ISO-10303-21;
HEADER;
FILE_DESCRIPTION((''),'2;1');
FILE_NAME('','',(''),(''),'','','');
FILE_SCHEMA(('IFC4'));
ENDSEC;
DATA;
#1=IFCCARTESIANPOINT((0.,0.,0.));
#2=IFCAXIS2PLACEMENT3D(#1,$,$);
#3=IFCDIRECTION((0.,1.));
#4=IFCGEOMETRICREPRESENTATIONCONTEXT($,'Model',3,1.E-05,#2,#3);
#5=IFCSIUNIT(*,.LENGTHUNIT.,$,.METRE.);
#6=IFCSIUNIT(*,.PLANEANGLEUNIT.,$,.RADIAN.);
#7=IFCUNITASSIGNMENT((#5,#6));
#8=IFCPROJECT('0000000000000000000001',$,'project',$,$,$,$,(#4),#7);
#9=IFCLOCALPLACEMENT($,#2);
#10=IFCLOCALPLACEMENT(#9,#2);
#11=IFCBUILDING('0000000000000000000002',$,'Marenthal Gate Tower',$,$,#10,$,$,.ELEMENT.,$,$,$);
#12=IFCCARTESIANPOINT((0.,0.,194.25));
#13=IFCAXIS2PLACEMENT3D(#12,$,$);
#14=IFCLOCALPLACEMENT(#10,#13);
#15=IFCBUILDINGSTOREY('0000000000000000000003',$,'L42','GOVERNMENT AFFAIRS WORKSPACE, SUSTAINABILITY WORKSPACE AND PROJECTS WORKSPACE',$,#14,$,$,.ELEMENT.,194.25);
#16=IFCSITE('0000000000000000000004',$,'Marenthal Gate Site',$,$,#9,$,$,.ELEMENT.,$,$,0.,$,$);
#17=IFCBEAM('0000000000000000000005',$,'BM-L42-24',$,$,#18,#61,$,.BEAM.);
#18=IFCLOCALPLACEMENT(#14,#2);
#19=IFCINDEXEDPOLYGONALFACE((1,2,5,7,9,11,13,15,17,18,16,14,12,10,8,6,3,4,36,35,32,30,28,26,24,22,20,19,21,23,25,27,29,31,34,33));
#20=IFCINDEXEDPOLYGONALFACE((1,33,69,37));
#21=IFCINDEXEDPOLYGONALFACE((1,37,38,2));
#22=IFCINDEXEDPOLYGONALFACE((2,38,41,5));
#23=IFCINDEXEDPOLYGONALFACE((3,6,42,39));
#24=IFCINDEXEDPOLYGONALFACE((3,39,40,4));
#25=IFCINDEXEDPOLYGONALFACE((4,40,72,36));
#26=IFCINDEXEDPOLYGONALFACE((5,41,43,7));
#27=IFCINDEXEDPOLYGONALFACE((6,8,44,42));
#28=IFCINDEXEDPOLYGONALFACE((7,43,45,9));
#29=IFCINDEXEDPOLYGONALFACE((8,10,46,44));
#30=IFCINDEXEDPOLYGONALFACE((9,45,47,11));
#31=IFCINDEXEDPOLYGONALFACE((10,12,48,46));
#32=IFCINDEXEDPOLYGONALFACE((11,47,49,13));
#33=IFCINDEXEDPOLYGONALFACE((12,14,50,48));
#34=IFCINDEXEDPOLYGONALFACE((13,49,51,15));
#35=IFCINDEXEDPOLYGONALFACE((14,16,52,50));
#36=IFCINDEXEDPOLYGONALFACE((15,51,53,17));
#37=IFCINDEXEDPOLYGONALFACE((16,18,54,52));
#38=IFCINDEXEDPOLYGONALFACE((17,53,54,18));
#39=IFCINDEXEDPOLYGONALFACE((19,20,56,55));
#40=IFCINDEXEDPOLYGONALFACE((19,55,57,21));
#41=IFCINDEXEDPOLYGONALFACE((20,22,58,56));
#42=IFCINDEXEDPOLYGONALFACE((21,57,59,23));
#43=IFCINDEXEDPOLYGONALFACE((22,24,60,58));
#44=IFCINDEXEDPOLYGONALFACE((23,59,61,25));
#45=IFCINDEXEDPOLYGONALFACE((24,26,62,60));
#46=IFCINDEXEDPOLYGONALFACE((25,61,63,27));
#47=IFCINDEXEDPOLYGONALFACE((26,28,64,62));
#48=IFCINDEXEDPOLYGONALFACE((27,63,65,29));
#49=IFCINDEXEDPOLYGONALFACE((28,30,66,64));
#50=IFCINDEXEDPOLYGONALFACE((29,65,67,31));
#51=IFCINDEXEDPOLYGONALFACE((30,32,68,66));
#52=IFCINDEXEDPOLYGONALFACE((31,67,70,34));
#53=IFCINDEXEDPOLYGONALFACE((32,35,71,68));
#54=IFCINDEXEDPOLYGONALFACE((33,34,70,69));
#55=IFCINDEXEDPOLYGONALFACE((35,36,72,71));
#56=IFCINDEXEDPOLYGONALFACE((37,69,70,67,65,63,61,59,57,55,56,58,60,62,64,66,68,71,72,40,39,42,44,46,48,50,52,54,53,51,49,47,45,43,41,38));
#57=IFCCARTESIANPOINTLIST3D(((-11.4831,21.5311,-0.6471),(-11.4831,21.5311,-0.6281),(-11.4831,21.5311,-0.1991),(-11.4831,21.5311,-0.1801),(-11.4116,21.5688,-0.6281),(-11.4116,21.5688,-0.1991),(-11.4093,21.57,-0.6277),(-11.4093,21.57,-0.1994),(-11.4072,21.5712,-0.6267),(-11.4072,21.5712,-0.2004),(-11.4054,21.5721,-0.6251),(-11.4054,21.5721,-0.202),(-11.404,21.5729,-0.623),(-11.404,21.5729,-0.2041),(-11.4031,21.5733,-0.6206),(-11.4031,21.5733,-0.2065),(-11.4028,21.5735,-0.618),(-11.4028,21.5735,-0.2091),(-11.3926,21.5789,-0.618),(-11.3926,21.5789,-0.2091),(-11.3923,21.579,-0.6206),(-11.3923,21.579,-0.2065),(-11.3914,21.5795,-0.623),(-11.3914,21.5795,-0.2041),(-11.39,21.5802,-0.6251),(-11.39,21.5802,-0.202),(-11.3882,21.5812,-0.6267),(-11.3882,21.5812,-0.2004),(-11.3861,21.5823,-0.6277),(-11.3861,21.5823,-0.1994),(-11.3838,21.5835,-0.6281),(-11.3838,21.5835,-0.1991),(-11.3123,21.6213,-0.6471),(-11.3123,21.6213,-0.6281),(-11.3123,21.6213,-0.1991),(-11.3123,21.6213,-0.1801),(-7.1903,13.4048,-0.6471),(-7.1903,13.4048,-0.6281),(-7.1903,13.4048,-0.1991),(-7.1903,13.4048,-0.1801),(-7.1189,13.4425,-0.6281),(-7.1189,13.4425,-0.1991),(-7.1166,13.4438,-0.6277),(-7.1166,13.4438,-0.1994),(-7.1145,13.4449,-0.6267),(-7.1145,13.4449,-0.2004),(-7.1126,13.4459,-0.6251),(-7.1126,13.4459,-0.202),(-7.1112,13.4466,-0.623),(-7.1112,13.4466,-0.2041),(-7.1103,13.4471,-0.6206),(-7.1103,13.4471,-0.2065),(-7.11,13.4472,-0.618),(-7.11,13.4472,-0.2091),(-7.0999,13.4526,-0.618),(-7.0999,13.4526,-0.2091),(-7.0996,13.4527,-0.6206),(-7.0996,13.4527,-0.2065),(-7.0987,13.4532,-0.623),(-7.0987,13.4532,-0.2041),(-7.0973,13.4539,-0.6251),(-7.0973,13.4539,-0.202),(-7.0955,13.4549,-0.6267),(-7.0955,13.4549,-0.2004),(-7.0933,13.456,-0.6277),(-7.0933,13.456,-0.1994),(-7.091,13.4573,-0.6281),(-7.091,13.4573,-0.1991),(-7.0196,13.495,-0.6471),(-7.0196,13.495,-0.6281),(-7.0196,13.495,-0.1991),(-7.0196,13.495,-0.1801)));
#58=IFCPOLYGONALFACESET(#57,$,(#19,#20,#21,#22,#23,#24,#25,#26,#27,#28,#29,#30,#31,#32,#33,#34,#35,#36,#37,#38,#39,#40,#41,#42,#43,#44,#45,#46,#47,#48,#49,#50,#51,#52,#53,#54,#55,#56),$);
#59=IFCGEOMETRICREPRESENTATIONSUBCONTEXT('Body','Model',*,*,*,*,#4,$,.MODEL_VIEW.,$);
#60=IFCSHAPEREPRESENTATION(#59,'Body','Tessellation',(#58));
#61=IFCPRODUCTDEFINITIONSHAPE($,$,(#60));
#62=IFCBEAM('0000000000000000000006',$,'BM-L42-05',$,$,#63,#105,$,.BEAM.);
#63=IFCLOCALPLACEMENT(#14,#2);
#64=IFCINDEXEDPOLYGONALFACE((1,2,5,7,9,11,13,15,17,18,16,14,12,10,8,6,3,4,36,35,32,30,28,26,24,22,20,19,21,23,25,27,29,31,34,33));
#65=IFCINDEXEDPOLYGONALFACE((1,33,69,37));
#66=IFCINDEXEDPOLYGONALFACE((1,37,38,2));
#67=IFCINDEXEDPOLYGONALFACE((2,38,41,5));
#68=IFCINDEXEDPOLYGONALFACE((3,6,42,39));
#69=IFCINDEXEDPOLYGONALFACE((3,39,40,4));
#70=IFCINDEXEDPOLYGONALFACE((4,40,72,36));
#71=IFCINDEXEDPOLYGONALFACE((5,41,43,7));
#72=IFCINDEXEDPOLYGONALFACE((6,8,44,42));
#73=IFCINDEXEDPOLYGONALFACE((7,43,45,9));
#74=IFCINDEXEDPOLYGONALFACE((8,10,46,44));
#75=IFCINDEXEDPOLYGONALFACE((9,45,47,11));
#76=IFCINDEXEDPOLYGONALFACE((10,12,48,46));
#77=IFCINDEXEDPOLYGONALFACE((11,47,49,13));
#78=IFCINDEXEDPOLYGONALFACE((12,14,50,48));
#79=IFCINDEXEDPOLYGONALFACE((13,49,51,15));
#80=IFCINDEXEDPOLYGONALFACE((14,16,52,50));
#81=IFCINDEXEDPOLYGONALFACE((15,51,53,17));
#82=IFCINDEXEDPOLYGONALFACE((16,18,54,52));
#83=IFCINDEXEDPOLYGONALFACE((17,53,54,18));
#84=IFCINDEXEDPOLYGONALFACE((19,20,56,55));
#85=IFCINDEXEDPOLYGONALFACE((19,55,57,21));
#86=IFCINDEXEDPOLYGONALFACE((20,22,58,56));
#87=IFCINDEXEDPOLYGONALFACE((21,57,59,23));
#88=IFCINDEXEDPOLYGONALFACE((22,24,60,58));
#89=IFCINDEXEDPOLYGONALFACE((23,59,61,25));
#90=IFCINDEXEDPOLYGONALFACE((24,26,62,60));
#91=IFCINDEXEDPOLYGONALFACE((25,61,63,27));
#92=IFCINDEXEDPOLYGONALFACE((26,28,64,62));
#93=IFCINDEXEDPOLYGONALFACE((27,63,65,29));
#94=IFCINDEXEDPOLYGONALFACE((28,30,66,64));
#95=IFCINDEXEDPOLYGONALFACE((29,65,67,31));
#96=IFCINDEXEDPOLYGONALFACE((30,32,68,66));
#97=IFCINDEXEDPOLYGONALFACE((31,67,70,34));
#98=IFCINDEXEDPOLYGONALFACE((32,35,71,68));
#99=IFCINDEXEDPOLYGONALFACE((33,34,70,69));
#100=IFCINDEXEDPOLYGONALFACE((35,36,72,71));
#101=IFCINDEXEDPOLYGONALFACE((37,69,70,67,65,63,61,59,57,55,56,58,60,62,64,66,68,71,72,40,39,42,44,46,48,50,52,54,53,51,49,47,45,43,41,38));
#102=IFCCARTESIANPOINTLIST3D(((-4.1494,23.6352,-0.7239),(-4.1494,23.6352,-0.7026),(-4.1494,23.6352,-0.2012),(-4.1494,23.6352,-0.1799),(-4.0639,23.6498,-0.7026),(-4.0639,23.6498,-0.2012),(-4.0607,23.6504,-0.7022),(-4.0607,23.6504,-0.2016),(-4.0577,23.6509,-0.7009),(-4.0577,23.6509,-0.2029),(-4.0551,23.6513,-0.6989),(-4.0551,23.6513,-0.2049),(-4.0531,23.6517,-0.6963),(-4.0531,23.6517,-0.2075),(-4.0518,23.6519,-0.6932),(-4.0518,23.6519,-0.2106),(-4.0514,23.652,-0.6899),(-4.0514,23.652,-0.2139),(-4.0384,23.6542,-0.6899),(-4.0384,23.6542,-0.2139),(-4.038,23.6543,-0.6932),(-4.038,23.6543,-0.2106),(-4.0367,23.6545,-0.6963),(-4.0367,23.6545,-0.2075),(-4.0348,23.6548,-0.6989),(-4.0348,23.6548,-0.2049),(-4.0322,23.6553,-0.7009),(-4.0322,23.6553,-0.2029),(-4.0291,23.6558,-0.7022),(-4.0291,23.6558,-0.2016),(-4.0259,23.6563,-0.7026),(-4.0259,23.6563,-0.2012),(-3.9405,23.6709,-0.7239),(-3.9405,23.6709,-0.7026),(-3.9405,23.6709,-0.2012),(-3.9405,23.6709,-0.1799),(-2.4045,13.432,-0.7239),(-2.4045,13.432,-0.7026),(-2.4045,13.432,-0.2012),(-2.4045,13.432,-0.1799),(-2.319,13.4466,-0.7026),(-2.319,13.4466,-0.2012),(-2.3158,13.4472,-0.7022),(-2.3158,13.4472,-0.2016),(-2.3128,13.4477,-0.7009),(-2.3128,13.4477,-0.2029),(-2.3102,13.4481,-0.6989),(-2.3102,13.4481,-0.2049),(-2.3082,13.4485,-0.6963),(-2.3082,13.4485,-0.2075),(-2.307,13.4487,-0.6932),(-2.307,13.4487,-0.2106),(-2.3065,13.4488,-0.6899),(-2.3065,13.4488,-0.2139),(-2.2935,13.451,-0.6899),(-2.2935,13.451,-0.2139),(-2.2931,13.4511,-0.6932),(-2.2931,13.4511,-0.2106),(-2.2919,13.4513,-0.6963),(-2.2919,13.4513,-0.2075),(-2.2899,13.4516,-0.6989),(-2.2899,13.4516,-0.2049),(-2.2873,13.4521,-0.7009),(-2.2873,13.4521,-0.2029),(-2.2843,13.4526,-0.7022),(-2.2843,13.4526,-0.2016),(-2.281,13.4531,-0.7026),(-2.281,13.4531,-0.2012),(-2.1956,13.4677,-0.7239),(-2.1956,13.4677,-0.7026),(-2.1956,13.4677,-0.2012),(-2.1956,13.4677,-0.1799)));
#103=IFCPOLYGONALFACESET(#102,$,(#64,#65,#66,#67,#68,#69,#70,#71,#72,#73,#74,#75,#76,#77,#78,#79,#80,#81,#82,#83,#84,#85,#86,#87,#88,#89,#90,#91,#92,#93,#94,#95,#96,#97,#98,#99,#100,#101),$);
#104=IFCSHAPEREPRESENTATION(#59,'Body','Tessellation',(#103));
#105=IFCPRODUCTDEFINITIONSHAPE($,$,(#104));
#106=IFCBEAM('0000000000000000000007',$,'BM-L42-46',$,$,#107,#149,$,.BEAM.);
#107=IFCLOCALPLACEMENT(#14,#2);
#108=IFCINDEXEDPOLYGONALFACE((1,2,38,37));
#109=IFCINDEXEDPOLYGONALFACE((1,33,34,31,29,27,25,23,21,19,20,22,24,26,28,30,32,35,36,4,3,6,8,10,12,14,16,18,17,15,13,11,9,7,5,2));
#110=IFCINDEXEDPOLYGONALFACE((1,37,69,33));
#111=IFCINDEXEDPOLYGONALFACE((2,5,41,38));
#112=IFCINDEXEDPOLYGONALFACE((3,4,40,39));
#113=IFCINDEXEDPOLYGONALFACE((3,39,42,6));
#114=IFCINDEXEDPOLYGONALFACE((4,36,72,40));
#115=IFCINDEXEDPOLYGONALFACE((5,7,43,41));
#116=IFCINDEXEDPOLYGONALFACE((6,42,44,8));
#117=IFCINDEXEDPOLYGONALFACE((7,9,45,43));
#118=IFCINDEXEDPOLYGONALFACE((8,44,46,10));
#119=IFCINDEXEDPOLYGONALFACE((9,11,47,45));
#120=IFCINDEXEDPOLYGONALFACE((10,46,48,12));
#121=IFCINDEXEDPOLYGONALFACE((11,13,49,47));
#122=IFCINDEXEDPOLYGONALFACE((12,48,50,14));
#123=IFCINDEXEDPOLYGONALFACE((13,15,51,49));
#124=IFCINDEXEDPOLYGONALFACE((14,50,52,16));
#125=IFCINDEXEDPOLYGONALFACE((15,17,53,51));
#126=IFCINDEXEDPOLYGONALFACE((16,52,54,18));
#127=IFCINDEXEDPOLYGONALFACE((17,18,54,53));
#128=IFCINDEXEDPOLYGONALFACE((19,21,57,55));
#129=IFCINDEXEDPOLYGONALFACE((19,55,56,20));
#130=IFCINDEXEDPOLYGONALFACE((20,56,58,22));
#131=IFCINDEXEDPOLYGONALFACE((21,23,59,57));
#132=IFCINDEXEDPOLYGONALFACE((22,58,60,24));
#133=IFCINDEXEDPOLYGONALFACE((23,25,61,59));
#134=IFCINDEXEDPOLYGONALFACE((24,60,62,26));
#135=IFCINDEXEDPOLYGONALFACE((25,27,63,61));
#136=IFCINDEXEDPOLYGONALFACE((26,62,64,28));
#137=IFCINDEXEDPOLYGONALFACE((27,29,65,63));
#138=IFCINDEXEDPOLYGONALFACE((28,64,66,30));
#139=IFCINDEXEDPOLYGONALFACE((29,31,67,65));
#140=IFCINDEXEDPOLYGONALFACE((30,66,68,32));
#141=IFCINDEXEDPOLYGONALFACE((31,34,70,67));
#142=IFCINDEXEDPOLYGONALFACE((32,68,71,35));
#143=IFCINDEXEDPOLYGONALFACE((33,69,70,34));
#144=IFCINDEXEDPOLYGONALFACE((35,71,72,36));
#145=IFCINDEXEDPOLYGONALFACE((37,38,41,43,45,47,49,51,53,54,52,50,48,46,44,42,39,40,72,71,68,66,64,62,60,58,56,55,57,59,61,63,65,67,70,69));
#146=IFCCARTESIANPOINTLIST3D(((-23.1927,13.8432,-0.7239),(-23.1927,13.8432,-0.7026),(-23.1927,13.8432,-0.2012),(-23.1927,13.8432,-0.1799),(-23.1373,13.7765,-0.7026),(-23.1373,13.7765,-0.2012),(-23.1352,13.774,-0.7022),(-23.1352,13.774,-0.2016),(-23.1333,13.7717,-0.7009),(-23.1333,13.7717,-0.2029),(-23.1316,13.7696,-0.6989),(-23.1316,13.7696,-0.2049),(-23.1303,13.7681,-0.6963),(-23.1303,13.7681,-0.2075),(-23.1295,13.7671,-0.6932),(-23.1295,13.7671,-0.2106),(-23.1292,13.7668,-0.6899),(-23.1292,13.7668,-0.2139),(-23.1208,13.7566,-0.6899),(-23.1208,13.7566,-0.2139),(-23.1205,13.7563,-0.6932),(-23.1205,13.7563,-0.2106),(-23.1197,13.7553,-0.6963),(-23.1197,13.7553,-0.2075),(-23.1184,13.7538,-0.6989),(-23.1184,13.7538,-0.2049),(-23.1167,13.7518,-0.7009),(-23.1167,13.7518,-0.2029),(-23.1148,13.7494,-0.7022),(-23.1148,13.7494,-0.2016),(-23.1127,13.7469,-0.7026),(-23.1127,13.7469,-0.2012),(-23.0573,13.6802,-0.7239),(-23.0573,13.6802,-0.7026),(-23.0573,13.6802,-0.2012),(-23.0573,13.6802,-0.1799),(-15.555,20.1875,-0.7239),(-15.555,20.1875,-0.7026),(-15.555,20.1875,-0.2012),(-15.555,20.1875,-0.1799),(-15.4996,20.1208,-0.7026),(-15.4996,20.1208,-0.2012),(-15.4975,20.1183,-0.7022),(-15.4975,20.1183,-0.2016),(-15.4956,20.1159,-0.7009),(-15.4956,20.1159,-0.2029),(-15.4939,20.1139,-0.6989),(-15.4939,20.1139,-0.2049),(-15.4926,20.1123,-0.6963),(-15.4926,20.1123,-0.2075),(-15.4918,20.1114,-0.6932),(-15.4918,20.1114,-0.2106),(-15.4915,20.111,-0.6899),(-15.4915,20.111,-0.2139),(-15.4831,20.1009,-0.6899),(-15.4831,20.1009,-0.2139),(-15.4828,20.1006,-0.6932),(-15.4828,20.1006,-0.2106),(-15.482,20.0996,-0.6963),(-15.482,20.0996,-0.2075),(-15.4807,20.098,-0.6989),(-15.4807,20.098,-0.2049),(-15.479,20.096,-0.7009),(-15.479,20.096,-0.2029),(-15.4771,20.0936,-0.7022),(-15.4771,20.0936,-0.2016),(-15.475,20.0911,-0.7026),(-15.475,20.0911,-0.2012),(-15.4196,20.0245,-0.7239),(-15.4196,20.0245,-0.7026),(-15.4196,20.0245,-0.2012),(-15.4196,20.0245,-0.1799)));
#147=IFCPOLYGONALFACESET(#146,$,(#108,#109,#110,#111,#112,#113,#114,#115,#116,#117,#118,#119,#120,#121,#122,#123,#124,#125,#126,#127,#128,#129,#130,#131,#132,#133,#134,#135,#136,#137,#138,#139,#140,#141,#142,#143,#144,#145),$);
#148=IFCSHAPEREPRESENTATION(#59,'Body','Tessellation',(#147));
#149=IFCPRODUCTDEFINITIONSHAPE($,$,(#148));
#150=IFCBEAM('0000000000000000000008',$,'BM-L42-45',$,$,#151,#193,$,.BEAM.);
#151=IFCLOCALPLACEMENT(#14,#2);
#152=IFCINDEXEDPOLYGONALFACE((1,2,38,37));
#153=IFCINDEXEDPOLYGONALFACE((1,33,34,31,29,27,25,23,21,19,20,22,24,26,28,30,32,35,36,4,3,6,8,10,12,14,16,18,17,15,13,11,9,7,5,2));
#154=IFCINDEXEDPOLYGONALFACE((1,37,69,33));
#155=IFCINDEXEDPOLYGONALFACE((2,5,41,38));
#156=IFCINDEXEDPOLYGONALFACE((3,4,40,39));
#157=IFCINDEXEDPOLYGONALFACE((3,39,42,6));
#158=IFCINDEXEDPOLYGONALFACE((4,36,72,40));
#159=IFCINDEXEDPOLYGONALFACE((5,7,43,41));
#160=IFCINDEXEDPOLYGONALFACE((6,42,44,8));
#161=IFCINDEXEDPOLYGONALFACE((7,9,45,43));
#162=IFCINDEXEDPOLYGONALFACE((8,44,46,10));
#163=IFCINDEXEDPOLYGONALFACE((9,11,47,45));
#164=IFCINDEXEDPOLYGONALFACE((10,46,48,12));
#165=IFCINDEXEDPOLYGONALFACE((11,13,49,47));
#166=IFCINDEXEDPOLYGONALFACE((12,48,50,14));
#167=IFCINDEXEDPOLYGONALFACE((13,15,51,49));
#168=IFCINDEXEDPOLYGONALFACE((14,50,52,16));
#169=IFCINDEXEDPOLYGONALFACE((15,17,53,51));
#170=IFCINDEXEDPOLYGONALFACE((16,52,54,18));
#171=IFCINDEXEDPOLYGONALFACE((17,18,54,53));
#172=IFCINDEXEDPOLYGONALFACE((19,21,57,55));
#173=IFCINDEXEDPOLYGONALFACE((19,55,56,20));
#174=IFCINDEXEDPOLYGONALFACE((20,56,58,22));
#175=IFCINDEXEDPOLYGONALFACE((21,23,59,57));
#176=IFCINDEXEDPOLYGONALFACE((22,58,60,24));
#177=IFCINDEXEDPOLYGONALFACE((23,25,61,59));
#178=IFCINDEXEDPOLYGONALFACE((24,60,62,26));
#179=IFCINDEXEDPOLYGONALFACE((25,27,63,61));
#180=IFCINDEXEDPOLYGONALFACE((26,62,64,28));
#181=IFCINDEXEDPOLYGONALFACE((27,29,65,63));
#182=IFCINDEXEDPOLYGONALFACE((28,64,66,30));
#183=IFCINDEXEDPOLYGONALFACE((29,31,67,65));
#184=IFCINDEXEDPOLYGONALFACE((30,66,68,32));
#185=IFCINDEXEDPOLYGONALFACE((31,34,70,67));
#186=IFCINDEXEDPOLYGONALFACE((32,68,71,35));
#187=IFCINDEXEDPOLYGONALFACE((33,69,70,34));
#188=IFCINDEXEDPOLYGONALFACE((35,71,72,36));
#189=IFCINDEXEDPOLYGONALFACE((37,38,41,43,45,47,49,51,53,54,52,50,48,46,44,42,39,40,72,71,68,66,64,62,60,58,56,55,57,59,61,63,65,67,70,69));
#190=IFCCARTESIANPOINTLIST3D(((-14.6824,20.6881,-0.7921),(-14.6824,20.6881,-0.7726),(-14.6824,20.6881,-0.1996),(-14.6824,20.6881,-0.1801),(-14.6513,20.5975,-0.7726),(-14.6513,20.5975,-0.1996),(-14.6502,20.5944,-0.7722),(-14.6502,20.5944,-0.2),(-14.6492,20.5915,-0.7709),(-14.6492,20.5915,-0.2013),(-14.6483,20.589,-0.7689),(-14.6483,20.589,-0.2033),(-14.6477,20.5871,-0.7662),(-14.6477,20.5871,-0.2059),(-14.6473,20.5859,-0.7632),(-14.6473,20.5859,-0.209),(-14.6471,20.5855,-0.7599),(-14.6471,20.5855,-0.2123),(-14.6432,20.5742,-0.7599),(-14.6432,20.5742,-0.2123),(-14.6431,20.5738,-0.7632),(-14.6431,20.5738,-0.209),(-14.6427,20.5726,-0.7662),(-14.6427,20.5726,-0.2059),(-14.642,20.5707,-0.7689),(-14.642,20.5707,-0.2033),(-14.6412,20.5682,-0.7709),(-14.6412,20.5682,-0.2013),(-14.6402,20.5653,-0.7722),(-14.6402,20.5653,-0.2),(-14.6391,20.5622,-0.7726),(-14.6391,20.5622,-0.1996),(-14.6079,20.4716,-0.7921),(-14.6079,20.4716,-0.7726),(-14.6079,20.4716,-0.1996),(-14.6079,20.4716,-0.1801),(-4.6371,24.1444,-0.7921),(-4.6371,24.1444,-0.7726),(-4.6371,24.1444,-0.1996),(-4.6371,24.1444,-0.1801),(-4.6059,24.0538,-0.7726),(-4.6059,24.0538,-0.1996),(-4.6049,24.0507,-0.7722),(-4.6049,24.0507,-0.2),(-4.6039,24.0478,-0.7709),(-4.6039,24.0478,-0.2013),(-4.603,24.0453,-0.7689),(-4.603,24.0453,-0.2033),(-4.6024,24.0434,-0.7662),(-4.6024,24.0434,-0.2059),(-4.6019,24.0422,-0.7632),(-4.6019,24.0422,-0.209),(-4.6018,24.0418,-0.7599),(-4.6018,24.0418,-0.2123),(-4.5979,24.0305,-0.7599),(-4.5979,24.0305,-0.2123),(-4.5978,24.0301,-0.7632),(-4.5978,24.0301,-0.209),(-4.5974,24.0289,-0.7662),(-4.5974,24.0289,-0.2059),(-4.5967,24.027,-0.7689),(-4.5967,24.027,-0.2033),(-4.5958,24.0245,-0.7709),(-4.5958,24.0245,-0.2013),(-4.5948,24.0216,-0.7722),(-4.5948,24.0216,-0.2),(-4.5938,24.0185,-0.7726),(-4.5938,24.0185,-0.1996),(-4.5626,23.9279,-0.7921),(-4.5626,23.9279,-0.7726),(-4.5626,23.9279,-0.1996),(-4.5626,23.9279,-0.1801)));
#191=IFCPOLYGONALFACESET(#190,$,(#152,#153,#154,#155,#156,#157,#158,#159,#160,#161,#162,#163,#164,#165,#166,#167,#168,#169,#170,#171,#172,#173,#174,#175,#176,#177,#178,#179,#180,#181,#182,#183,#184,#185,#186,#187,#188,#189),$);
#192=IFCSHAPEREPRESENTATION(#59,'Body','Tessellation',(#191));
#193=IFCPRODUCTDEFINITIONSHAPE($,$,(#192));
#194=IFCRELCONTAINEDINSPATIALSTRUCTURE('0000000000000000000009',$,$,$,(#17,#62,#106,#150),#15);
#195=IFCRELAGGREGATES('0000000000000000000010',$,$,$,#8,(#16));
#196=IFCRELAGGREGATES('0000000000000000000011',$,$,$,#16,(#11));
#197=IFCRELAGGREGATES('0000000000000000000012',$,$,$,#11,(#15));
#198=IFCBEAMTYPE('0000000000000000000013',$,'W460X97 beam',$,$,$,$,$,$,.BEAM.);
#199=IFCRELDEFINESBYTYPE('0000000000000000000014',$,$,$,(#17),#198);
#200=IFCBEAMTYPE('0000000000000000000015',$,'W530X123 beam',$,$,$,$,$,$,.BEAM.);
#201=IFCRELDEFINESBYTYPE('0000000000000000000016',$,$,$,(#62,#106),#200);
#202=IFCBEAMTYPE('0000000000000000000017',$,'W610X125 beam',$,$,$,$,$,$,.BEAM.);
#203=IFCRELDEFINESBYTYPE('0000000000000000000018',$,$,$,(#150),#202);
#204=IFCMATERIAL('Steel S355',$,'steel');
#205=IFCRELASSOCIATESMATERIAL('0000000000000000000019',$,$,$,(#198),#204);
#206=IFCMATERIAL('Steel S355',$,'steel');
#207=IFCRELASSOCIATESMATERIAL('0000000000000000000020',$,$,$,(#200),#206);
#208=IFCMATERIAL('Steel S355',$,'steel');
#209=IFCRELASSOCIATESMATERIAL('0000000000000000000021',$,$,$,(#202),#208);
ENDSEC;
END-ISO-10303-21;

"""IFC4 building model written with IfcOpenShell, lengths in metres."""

from ifc_helpers import new_model, si_unit, direction, frame, origin, origin_2d, place, context, subcontext, project, spatial, i_section, extrude, material, material_profile, profile_set, type_object, element, save


model = new_model("IFC4")

# Units and contexts
model_context = context("Model", 3, precision=1e-05, world=origin(), true_north=direction((0.0, 1.0)))
body_context = subcontext(model_context, "Body", "Model", "MODEL_VIEW")
ifc_project = project(units=[si_unit("LENGTHUNIT", "METRE"), si_unit("PLANEANGLEUNIT", "RADIAN")], contexts=[model_context])

# Site, building, storey
site_placement = place(None, origin())
site = spatial("IfcSite", under=ifc_project, at=site_placement, Name="Marenthal Gate Site", CompositionType="ELEMENT", RefElevation=0.0)
building_placement = place(site_placement, origin())
building = spatial("IfcBuilding", under=site, at=building_placement, Name="Marenthal Gate Tower", CompositionType="ELEMENT")
storey_placement = place(building_placement, frame((0.0, 0.0, 194.25)))
storey = spatial("IfcBuildingStorey", under=building, at=storey_placement, Name="L42", Description="GOVERNMENT AFFAIRS WORKSPACE, SUSTAINABILITY WORKSPACE AND PROJECTS WORKSPACE", CompositionType="ELEMENT", Elevation=194.25)

# Beams
ifc_material_1 = material(Name="Steel S355", Category="steel")
ifc_material_profile_1 = material_profile(ifc_material_1, i_section(OverallWidth=0.1931, OverallDepth=0.467, WebThickness=0.0115, FlangeThickness=0.019, FilletRadius=0.01, at=origin_2d()), Name="W460X97")
ifc_profile_set_1 = profile_set([ifc_material_profile_1], Name="Steel S355")
beam_type_1 = type_object("IfcBeamType", Name="W460X97 beam", PredefinedType="BEAM", material=ifc_profile_set_1)
beam_1_placement = place(storey_placement, frame((-11.3977, 21.5762, -0.4136), z_axis=(0.467089, -0.88421, 0.0), x_axis=(0.88421, 0.467089, 0.0)))
element("IfcBeam", 1, at=beam_1_placement, inside=storey, type_object=beam_type_1, Name="BM-L42-24", PredefinedType="BEAM", context=body_context, shape_type="SweptSolid", body=[
    extrude(i_section(OverallWidth=0.1931, OverallDepth=0.467, WebThickness=0.0115, FlangeThickness=0.019, FilletRadius=0.01, at=origin_2d()), origin(), (0.0, 0.0, 1.0), 9.1904),
])
ifc_material_2 = material(Name="Steel S355", Category="steel")
ifc_material_profile_2 = material_profile(ifc_material_2, i_section(OverallWidth=0.2119, OverallDepth=0.5439, WebThickness=0.0132, FlangeThickness=0.0212, FilletRadius=0.0127, at=origin_2d()), Name="W530X123")
ifc_profile_set_2 = profile_set([ifc_material_profile_2], Name="Steel S355")
beam_type_2 = type_object("IfcBeamType", Name="W530X123 beam", PredefinedType="BEAM", material=ifc_profile_set_2)
beam_2_placement = place(storey_placement, frame((-4.0449, 23.6531, -0.4519), z_axis=(0.168566, -0.98569, 0.0), x_axis=(0.98569, 0.168566, 0.0)))
element("IfcBeam", 2, at=beam_2_placement, inside=storey, type_object=beam_type_2, Name="BM-L42-05", PredefinedType="BEAM", context=body_context, shape_type="SweptSolid", body=[
    extrude(i_section(OverallWidth=0.2119, OverallDepth=0.5439, WebThickness=0.0132, FlangeThickness=0.0212, FilletRadius=0.0127, at=origin_2d()), origin(), (0.0, 0.0, 1.0), 10.3513),
])
beam_3_placement = place(storey_placement, frame((-15.4873, 20.106, -0.4519), z_axis=(-0.769236, -0.638965, 0.0), x_axis=(0.638965, -0.769236, 0.0)))
element("IfcBeam", 3, at=beam_3_placement, inside=storey, type_object=beam_type_2, Name="BM-L42-46", PredefinedType="BEAM", context=body_context, shape_type="SweptSolid", body=[
    extrude(i_section(OverallWidth=0.2119, OverallDepth=0.5439, WebThickness=0.0132, FlangeThickness=0.0212, FilletRadius=0.0127, at=origin_2d()), origin(), (0.0, 0.0, 1.0), 9.929),
])
ifc_material_3 = material(Name="Steel S355", Category="steel")
ifc_material_profile_3 = material_profile(ifc_material_3, i_section(OverallWidth=0.229, OverallDepth=0.6121, WebThickness=0.012, FlangeThickness=0.0195, FilletRadius=0.0127, at=origin_2d()), Name="W610X125")
ifc_profile_set_3 = profile_set([ifc_material_profile_3], Name="Steel S355")
beam_type_3 = type_object("IfcBeamType", Name="W610X125 beam", PredefinedType="BEAM", material=ifc_profile_set_3)
beam_4_placement = place(storey_placement, frame((-4.5999, 24.0361, -0.4861), z_axis=(-0.945594, -0.325348, 0.0), x_axis=(0.325348, -0.945594, 0.0)))
element("IfcBeam", 4, at=beam_4_placement, inside=storey, type_object=beam_type_3, Name="BM-L42-45", PredefinedType="BEAM", context=body_context, shape_type="SweptSolid", body=[
    extrude(i_section(OverallWidth=0.229, OverallDepth=0.6121, WebThickness=0.012, FlangeThickness=0.0195, FilletRadius=0.0127, at=origin_2d()), origin(), (0.0, 0.0, 1.0), 10.6233),
])

save(model, "model.ifc")
